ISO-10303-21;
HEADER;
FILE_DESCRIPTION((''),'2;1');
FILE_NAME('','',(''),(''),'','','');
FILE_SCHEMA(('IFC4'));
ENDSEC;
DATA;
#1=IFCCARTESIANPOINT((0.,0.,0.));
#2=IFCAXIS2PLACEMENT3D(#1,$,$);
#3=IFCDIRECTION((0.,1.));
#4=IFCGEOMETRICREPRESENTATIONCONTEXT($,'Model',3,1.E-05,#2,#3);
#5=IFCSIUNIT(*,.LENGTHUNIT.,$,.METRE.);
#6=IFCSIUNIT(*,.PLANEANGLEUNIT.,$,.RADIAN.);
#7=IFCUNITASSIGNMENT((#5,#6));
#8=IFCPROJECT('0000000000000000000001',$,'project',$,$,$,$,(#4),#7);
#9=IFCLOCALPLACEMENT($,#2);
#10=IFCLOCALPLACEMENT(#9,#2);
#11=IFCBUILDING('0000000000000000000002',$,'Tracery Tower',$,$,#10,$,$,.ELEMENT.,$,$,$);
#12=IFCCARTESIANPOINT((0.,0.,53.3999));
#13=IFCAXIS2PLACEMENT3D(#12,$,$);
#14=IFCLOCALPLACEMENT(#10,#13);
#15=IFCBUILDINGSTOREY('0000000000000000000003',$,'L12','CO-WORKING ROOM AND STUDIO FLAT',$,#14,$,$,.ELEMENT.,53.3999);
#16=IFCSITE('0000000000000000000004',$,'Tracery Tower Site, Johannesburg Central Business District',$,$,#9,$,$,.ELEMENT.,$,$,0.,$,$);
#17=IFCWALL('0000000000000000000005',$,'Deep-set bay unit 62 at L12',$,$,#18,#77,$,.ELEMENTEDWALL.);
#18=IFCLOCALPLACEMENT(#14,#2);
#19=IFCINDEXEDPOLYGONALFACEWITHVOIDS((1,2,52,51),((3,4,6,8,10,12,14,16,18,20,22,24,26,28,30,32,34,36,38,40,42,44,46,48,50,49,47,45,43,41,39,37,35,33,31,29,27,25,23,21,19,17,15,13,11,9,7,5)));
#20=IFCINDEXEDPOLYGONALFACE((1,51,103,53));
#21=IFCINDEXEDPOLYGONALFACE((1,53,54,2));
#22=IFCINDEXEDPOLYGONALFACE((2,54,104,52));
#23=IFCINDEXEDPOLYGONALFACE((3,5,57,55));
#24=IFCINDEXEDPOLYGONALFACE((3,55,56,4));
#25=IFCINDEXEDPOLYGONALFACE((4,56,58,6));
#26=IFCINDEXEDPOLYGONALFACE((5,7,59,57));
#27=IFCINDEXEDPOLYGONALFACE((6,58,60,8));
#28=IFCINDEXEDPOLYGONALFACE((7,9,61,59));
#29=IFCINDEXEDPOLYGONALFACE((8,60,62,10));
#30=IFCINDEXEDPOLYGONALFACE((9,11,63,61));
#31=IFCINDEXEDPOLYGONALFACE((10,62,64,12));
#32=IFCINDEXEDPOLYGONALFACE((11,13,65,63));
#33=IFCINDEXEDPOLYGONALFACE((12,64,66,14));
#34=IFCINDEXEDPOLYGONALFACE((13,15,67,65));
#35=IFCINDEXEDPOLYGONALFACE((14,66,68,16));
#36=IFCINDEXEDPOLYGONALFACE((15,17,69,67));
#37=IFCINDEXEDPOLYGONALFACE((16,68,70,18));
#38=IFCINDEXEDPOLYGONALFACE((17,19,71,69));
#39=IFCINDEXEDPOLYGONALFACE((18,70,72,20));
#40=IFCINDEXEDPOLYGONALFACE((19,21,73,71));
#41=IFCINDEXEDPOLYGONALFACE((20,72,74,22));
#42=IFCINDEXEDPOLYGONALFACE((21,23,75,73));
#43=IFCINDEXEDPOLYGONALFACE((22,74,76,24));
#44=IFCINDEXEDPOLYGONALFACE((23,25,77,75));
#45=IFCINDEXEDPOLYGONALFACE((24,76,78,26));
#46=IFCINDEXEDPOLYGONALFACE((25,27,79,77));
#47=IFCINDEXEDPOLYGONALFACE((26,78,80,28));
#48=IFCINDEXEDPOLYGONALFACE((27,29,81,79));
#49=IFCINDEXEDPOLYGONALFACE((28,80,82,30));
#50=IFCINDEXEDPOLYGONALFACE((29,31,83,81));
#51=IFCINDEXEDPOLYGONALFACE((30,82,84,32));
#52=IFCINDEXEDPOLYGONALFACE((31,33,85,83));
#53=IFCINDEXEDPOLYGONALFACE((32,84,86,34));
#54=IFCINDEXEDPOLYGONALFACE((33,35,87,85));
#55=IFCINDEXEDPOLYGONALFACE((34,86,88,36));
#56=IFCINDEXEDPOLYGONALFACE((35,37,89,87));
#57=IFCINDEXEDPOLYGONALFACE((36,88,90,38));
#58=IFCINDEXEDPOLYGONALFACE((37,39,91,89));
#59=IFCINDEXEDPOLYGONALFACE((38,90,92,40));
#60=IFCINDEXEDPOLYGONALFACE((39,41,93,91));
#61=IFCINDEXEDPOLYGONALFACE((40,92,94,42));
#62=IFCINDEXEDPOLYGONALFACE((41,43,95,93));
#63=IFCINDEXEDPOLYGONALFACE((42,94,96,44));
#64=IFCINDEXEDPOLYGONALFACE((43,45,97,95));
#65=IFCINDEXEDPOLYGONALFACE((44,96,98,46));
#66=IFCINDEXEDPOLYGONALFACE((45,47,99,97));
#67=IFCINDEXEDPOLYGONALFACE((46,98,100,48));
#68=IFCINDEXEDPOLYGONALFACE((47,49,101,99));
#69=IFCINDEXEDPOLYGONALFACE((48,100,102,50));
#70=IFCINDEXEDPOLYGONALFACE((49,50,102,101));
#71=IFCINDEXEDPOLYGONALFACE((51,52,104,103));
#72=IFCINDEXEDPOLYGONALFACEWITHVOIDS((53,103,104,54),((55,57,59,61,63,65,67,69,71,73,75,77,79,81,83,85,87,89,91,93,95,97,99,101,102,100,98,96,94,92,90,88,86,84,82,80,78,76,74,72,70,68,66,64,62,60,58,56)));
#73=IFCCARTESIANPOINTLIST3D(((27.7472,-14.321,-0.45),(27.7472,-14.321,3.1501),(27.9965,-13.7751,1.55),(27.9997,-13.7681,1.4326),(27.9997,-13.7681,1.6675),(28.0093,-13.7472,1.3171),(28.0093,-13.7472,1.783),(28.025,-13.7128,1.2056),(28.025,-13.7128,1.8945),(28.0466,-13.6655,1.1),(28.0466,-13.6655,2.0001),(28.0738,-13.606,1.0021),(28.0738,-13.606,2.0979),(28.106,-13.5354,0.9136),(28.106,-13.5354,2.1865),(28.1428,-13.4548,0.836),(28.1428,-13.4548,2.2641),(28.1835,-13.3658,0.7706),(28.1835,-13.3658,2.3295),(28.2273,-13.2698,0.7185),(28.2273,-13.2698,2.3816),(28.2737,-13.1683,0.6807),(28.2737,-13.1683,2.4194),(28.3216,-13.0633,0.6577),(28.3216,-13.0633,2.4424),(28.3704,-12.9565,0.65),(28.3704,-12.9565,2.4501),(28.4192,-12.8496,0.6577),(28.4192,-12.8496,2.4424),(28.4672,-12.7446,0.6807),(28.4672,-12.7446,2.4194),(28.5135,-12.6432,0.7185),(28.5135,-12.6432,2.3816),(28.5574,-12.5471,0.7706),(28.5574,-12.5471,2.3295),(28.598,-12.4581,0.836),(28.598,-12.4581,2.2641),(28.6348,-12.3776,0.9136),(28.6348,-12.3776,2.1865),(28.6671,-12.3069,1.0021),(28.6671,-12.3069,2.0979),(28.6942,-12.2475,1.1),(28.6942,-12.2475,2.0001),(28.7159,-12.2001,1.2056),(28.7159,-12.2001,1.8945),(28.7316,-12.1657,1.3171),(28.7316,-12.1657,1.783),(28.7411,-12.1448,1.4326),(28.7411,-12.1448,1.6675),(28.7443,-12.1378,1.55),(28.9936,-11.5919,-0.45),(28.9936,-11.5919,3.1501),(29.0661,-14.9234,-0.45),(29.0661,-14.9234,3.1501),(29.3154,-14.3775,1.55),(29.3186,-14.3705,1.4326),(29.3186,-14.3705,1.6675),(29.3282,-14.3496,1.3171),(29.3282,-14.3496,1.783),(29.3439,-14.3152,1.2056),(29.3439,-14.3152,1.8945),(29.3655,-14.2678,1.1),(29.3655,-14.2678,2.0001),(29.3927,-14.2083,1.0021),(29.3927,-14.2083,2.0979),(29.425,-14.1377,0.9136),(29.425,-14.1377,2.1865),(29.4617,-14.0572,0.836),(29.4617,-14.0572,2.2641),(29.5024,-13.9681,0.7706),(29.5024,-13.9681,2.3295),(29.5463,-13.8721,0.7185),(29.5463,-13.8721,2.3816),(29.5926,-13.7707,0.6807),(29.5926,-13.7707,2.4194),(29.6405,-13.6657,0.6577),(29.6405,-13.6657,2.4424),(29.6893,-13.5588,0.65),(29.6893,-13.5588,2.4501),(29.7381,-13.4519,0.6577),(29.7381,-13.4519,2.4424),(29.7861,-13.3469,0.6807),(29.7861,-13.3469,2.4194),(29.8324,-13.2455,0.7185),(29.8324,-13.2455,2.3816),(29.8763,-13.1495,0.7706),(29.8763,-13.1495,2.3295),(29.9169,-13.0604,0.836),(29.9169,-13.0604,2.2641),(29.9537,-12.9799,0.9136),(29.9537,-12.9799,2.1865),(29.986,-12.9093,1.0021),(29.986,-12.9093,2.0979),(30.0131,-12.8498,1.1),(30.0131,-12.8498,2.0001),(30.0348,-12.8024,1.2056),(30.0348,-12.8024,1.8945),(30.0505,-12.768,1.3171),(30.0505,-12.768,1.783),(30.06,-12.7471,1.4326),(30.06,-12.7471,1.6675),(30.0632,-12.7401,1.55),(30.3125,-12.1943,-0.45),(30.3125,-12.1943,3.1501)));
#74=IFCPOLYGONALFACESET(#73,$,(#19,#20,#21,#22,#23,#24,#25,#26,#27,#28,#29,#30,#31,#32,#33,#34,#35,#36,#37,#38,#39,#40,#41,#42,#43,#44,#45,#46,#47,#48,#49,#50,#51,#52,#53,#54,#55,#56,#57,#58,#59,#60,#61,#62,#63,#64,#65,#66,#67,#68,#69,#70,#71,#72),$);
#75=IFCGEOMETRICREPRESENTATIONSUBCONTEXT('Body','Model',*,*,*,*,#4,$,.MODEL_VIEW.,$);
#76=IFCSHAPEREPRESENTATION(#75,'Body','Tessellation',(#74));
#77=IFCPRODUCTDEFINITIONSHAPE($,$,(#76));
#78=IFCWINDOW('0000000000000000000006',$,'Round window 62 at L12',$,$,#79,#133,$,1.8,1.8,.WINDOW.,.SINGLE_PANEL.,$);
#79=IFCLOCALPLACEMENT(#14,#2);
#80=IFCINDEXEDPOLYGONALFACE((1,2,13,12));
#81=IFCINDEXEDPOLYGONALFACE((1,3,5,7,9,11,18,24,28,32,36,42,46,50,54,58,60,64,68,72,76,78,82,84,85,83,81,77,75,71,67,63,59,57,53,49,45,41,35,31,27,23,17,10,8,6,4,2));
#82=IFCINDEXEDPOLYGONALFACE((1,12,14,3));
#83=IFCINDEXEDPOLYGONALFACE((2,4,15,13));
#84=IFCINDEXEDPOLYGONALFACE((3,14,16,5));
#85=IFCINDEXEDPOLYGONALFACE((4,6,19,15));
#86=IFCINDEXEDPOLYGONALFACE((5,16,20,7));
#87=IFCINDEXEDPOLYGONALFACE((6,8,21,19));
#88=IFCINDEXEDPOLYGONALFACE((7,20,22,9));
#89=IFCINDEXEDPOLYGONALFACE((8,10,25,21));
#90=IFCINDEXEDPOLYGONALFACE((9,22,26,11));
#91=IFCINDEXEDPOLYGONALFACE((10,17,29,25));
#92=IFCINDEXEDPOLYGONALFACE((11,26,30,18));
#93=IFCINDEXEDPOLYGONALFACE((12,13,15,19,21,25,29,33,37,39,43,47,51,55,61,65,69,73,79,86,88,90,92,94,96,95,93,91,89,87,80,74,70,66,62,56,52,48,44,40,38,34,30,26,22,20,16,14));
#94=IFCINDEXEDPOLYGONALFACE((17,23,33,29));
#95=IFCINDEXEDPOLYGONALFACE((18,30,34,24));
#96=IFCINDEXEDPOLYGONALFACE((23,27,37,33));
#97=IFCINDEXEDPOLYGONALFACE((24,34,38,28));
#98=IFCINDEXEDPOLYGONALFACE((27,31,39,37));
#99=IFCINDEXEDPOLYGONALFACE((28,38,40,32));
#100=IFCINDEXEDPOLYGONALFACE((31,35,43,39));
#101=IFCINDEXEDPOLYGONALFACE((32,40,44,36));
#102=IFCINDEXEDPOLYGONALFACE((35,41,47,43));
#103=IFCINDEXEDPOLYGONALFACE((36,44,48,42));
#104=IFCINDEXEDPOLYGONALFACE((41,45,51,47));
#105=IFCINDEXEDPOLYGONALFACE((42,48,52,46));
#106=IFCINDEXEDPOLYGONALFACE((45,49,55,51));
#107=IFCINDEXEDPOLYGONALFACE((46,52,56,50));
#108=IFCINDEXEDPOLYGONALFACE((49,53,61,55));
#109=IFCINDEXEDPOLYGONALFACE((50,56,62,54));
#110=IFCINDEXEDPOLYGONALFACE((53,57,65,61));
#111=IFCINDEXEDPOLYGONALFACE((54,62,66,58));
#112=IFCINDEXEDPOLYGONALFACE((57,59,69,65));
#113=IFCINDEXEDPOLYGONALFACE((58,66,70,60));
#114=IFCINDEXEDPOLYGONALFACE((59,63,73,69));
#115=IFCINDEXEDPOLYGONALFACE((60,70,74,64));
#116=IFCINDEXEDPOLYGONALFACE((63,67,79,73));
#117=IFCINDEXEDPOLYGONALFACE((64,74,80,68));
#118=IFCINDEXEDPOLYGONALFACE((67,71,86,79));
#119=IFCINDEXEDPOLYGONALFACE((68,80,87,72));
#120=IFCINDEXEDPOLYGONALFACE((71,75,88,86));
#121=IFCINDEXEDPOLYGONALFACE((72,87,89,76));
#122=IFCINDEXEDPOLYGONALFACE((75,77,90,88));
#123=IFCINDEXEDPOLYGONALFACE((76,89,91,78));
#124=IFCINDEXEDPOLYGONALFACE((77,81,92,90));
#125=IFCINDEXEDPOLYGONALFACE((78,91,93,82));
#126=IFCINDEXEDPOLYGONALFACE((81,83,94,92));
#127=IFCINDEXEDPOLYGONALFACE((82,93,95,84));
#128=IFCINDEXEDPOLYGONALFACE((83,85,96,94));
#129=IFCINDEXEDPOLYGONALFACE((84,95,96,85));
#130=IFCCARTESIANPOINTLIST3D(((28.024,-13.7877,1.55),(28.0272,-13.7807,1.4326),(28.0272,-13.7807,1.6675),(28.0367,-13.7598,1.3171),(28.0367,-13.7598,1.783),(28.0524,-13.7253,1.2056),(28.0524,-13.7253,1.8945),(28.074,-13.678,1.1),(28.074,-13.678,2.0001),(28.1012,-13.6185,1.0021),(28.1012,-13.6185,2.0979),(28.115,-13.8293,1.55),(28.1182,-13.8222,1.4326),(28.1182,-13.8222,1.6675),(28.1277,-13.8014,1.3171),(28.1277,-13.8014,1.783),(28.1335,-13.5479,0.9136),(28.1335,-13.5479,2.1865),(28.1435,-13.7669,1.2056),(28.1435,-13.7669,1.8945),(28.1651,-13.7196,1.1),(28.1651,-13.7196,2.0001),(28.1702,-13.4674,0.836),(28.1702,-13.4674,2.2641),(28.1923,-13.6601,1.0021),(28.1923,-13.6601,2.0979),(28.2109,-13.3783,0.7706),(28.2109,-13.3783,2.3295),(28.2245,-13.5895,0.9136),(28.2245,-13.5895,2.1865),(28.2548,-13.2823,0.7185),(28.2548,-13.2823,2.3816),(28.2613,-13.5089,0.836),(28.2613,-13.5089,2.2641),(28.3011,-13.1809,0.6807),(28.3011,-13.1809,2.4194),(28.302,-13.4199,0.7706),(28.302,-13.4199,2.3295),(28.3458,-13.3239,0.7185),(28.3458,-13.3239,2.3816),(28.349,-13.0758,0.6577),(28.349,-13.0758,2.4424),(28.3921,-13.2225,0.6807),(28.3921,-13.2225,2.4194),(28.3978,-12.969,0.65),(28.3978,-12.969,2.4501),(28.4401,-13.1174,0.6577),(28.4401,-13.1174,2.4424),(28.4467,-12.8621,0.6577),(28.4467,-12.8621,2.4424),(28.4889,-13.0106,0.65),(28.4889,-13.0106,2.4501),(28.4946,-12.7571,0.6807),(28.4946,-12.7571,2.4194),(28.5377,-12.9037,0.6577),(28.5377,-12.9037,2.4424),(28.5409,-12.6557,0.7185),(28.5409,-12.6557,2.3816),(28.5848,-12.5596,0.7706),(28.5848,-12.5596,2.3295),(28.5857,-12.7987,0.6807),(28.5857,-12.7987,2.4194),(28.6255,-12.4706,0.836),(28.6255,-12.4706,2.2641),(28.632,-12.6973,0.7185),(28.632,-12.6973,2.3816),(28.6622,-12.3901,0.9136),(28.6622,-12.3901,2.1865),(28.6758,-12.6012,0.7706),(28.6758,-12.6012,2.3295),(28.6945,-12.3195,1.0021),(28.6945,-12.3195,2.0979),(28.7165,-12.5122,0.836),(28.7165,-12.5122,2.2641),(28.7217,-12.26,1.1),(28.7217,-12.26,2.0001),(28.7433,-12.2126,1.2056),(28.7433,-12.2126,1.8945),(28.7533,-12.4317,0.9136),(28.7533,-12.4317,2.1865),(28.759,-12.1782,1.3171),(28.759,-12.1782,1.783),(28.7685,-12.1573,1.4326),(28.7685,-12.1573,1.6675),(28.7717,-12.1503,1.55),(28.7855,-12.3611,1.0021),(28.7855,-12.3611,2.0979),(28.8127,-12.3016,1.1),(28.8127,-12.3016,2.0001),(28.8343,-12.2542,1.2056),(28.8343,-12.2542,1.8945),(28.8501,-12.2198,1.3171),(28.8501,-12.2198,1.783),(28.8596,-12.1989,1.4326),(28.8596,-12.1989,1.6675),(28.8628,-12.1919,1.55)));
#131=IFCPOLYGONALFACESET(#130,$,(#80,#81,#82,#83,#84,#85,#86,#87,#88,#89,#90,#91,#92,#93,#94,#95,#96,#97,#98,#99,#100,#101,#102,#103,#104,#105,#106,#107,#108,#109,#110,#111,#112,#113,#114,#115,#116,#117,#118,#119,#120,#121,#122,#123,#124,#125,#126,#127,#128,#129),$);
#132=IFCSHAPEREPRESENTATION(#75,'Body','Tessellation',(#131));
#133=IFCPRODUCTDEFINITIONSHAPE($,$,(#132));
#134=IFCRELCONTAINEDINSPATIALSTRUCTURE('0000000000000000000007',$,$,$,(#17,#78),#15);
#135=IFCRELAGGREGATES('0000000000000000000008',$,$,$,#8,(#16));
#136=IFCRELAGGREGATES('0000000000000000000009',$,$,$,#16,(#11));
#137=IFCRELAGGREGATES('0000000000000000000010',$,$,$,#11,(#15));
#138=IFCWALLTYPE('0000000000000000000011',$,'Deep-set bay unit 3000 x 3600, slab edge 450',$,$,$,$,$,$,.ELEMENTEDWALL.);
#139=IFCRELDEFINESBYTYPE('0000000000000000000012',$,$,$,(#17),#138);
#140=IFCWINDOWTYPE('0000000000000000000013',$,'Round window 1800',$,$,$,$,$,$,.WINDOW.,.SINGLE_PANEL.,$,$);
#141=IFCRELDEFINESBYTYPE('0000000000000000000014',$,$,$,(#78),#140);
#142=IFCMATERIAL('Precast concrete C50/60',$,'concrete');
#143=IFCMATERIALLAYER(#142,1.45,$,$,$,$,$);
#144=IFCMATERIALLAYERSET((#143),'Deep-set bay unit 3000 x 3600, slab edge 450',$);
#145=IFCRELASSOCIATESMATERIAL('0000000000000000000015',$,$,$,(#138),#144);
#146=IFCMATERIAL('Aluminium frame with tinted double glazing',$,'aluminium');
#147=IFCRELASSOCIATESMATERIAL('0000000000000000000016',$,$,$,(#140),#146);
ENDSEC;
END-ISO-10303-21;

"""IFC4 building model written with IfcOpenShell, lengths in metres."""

from ifc_helpers import new_model, si_unit, direction, frame, frame_2d, origin, origin_2d, place, context, subcontext, project, spatial, rectangle, circle, extrude, material, layer, layer_set, type_object, element, fill, save


model = new_model("IFC4")

# Units and contexts
model_context = context("Model", 3, precision=1e-05, world=origin(), true_north=direction((0.0, 1.0)))
body_context = subcontext(model_context, "Body", "Model", "MODEL_VIEW")
ifc_project = project(units=[si_unit("LENGTHUNIT", "METRE"), si_unit("PLANEANGLEUNIT", "RADIAN")], contexts=[model_context])

# Site, building, storey
site_placement = place(None, origin())
site = spatial("IfcSite", under=ifc_project, at=site_placement, Name="Tracery Tower Site, Johannesburg Central Business District", CompositionType="ELEMENT", RefElevation=0.0)
building_placement = place(site_placement, origin())
building = spatial("IfcBuilding", under=site, at=building_placement, Name="Tracery Tower", CompositionType="ELEMENT")
storey_placement = place(building_placement, frame((0.0, 0.0, 53.3999)))
storey = spatial("IfcBuildingStorey", under=building, at=storey_placement, Name="L12", Description="CO-WORKING ROOM AND STUDIO FLAT", CompositionType="ELEMENT", Elevation=53.3999)

# Wall, opening, window
ifc_material_1 = material(Name="Precast concrete C50/60", Category="concrete")
ifc_layer_1 = layer(ifc_material_1, 1.45)
ifc_layer_set_1 = layer_set([ifc_layer_1], Name="Deep-set bay unit 3000 x 3600, slab edge 450")
wall_type_1 = type_object("IfcWallType", Name="Deep-set bay unit 3000 x 3600, slab edge 450", PredefinedType="ELEMENTEDWALL", material=ifc_layer_set_1)
wall_1_placement = place(storey_placement, frame((28.4067, -14.6221, -0.45), z_axis=(0.0, 0.0, 1.0), x_axis=(0.415427, 0.909627, 0.0)))
wall_1 = element("IfcWall", 1, at=wall_1_placement, inside=storey, type_object=wall_type_1, Name="Deep-set bay unit 62 at L12", PredefinedType="ELEMENTEDWALL", context=body_context, shape_type="SweptSolid", body=[
    extrude(rectangle(XDim=3.0002, YDim=1.45, at=frame_2d((1.5, 0.0))), origin(), (0.0, 0.0, 1.0), 3.6001),
])
opening_1_placement = place(wall_1_placement, frame((1.5, 0.0, 2.0)))
opening_1 = element("IfcOpeningElement", 2, at=opening_1_placement, cuts=wall_1, PredefinedType="OPENING", context=body_context, shape_type="SweptSolid", body=[
    extrude(circle(Radius=0.9, at=origin_2d()), frame((0.0, 0.7349, 0.0), z_axis=(0.0, -1.0, 0.0), x_axis=(1.0, 0.0, 0.0)), (0.0, 0.0, 1.0), 1.47),
])
ifc_material_2 = material(Name="Aluminium frame with tinted double glazing", Category="aluminium")
window_type = type_object("IfcWindowType", Name="Round window 1800", PartitioningType="SINGLE_PANEL", PredefinedType="WINDOW", material=ifc_material_2)
window_1_placement = place(opening_1_placement, origin())
window_1 = element("IfcWindow", 3, at=window_1_placement, inside=storey, type_object=window_type, Name="Round window 62 at L12", OverallHeight=1.8, OverallWidth=1.8, PartitioningType="SINGLE_PANEL", PredefinedType="WINDOW", context=body_context, shape_type="SweptSolid", body=[
    extrude(circle(Radius=0.9, at=origin_2d()), frame((0.0, 0.6948, 0.0), z_axis=(0.0, -1.0, 0.0), x_axis=(1.0, 0.0, 0.0)), (0.0, 0.0, 1.0), 0.1001),
])
fill(opening_1, window_1)

save(model, "model.ifc")
